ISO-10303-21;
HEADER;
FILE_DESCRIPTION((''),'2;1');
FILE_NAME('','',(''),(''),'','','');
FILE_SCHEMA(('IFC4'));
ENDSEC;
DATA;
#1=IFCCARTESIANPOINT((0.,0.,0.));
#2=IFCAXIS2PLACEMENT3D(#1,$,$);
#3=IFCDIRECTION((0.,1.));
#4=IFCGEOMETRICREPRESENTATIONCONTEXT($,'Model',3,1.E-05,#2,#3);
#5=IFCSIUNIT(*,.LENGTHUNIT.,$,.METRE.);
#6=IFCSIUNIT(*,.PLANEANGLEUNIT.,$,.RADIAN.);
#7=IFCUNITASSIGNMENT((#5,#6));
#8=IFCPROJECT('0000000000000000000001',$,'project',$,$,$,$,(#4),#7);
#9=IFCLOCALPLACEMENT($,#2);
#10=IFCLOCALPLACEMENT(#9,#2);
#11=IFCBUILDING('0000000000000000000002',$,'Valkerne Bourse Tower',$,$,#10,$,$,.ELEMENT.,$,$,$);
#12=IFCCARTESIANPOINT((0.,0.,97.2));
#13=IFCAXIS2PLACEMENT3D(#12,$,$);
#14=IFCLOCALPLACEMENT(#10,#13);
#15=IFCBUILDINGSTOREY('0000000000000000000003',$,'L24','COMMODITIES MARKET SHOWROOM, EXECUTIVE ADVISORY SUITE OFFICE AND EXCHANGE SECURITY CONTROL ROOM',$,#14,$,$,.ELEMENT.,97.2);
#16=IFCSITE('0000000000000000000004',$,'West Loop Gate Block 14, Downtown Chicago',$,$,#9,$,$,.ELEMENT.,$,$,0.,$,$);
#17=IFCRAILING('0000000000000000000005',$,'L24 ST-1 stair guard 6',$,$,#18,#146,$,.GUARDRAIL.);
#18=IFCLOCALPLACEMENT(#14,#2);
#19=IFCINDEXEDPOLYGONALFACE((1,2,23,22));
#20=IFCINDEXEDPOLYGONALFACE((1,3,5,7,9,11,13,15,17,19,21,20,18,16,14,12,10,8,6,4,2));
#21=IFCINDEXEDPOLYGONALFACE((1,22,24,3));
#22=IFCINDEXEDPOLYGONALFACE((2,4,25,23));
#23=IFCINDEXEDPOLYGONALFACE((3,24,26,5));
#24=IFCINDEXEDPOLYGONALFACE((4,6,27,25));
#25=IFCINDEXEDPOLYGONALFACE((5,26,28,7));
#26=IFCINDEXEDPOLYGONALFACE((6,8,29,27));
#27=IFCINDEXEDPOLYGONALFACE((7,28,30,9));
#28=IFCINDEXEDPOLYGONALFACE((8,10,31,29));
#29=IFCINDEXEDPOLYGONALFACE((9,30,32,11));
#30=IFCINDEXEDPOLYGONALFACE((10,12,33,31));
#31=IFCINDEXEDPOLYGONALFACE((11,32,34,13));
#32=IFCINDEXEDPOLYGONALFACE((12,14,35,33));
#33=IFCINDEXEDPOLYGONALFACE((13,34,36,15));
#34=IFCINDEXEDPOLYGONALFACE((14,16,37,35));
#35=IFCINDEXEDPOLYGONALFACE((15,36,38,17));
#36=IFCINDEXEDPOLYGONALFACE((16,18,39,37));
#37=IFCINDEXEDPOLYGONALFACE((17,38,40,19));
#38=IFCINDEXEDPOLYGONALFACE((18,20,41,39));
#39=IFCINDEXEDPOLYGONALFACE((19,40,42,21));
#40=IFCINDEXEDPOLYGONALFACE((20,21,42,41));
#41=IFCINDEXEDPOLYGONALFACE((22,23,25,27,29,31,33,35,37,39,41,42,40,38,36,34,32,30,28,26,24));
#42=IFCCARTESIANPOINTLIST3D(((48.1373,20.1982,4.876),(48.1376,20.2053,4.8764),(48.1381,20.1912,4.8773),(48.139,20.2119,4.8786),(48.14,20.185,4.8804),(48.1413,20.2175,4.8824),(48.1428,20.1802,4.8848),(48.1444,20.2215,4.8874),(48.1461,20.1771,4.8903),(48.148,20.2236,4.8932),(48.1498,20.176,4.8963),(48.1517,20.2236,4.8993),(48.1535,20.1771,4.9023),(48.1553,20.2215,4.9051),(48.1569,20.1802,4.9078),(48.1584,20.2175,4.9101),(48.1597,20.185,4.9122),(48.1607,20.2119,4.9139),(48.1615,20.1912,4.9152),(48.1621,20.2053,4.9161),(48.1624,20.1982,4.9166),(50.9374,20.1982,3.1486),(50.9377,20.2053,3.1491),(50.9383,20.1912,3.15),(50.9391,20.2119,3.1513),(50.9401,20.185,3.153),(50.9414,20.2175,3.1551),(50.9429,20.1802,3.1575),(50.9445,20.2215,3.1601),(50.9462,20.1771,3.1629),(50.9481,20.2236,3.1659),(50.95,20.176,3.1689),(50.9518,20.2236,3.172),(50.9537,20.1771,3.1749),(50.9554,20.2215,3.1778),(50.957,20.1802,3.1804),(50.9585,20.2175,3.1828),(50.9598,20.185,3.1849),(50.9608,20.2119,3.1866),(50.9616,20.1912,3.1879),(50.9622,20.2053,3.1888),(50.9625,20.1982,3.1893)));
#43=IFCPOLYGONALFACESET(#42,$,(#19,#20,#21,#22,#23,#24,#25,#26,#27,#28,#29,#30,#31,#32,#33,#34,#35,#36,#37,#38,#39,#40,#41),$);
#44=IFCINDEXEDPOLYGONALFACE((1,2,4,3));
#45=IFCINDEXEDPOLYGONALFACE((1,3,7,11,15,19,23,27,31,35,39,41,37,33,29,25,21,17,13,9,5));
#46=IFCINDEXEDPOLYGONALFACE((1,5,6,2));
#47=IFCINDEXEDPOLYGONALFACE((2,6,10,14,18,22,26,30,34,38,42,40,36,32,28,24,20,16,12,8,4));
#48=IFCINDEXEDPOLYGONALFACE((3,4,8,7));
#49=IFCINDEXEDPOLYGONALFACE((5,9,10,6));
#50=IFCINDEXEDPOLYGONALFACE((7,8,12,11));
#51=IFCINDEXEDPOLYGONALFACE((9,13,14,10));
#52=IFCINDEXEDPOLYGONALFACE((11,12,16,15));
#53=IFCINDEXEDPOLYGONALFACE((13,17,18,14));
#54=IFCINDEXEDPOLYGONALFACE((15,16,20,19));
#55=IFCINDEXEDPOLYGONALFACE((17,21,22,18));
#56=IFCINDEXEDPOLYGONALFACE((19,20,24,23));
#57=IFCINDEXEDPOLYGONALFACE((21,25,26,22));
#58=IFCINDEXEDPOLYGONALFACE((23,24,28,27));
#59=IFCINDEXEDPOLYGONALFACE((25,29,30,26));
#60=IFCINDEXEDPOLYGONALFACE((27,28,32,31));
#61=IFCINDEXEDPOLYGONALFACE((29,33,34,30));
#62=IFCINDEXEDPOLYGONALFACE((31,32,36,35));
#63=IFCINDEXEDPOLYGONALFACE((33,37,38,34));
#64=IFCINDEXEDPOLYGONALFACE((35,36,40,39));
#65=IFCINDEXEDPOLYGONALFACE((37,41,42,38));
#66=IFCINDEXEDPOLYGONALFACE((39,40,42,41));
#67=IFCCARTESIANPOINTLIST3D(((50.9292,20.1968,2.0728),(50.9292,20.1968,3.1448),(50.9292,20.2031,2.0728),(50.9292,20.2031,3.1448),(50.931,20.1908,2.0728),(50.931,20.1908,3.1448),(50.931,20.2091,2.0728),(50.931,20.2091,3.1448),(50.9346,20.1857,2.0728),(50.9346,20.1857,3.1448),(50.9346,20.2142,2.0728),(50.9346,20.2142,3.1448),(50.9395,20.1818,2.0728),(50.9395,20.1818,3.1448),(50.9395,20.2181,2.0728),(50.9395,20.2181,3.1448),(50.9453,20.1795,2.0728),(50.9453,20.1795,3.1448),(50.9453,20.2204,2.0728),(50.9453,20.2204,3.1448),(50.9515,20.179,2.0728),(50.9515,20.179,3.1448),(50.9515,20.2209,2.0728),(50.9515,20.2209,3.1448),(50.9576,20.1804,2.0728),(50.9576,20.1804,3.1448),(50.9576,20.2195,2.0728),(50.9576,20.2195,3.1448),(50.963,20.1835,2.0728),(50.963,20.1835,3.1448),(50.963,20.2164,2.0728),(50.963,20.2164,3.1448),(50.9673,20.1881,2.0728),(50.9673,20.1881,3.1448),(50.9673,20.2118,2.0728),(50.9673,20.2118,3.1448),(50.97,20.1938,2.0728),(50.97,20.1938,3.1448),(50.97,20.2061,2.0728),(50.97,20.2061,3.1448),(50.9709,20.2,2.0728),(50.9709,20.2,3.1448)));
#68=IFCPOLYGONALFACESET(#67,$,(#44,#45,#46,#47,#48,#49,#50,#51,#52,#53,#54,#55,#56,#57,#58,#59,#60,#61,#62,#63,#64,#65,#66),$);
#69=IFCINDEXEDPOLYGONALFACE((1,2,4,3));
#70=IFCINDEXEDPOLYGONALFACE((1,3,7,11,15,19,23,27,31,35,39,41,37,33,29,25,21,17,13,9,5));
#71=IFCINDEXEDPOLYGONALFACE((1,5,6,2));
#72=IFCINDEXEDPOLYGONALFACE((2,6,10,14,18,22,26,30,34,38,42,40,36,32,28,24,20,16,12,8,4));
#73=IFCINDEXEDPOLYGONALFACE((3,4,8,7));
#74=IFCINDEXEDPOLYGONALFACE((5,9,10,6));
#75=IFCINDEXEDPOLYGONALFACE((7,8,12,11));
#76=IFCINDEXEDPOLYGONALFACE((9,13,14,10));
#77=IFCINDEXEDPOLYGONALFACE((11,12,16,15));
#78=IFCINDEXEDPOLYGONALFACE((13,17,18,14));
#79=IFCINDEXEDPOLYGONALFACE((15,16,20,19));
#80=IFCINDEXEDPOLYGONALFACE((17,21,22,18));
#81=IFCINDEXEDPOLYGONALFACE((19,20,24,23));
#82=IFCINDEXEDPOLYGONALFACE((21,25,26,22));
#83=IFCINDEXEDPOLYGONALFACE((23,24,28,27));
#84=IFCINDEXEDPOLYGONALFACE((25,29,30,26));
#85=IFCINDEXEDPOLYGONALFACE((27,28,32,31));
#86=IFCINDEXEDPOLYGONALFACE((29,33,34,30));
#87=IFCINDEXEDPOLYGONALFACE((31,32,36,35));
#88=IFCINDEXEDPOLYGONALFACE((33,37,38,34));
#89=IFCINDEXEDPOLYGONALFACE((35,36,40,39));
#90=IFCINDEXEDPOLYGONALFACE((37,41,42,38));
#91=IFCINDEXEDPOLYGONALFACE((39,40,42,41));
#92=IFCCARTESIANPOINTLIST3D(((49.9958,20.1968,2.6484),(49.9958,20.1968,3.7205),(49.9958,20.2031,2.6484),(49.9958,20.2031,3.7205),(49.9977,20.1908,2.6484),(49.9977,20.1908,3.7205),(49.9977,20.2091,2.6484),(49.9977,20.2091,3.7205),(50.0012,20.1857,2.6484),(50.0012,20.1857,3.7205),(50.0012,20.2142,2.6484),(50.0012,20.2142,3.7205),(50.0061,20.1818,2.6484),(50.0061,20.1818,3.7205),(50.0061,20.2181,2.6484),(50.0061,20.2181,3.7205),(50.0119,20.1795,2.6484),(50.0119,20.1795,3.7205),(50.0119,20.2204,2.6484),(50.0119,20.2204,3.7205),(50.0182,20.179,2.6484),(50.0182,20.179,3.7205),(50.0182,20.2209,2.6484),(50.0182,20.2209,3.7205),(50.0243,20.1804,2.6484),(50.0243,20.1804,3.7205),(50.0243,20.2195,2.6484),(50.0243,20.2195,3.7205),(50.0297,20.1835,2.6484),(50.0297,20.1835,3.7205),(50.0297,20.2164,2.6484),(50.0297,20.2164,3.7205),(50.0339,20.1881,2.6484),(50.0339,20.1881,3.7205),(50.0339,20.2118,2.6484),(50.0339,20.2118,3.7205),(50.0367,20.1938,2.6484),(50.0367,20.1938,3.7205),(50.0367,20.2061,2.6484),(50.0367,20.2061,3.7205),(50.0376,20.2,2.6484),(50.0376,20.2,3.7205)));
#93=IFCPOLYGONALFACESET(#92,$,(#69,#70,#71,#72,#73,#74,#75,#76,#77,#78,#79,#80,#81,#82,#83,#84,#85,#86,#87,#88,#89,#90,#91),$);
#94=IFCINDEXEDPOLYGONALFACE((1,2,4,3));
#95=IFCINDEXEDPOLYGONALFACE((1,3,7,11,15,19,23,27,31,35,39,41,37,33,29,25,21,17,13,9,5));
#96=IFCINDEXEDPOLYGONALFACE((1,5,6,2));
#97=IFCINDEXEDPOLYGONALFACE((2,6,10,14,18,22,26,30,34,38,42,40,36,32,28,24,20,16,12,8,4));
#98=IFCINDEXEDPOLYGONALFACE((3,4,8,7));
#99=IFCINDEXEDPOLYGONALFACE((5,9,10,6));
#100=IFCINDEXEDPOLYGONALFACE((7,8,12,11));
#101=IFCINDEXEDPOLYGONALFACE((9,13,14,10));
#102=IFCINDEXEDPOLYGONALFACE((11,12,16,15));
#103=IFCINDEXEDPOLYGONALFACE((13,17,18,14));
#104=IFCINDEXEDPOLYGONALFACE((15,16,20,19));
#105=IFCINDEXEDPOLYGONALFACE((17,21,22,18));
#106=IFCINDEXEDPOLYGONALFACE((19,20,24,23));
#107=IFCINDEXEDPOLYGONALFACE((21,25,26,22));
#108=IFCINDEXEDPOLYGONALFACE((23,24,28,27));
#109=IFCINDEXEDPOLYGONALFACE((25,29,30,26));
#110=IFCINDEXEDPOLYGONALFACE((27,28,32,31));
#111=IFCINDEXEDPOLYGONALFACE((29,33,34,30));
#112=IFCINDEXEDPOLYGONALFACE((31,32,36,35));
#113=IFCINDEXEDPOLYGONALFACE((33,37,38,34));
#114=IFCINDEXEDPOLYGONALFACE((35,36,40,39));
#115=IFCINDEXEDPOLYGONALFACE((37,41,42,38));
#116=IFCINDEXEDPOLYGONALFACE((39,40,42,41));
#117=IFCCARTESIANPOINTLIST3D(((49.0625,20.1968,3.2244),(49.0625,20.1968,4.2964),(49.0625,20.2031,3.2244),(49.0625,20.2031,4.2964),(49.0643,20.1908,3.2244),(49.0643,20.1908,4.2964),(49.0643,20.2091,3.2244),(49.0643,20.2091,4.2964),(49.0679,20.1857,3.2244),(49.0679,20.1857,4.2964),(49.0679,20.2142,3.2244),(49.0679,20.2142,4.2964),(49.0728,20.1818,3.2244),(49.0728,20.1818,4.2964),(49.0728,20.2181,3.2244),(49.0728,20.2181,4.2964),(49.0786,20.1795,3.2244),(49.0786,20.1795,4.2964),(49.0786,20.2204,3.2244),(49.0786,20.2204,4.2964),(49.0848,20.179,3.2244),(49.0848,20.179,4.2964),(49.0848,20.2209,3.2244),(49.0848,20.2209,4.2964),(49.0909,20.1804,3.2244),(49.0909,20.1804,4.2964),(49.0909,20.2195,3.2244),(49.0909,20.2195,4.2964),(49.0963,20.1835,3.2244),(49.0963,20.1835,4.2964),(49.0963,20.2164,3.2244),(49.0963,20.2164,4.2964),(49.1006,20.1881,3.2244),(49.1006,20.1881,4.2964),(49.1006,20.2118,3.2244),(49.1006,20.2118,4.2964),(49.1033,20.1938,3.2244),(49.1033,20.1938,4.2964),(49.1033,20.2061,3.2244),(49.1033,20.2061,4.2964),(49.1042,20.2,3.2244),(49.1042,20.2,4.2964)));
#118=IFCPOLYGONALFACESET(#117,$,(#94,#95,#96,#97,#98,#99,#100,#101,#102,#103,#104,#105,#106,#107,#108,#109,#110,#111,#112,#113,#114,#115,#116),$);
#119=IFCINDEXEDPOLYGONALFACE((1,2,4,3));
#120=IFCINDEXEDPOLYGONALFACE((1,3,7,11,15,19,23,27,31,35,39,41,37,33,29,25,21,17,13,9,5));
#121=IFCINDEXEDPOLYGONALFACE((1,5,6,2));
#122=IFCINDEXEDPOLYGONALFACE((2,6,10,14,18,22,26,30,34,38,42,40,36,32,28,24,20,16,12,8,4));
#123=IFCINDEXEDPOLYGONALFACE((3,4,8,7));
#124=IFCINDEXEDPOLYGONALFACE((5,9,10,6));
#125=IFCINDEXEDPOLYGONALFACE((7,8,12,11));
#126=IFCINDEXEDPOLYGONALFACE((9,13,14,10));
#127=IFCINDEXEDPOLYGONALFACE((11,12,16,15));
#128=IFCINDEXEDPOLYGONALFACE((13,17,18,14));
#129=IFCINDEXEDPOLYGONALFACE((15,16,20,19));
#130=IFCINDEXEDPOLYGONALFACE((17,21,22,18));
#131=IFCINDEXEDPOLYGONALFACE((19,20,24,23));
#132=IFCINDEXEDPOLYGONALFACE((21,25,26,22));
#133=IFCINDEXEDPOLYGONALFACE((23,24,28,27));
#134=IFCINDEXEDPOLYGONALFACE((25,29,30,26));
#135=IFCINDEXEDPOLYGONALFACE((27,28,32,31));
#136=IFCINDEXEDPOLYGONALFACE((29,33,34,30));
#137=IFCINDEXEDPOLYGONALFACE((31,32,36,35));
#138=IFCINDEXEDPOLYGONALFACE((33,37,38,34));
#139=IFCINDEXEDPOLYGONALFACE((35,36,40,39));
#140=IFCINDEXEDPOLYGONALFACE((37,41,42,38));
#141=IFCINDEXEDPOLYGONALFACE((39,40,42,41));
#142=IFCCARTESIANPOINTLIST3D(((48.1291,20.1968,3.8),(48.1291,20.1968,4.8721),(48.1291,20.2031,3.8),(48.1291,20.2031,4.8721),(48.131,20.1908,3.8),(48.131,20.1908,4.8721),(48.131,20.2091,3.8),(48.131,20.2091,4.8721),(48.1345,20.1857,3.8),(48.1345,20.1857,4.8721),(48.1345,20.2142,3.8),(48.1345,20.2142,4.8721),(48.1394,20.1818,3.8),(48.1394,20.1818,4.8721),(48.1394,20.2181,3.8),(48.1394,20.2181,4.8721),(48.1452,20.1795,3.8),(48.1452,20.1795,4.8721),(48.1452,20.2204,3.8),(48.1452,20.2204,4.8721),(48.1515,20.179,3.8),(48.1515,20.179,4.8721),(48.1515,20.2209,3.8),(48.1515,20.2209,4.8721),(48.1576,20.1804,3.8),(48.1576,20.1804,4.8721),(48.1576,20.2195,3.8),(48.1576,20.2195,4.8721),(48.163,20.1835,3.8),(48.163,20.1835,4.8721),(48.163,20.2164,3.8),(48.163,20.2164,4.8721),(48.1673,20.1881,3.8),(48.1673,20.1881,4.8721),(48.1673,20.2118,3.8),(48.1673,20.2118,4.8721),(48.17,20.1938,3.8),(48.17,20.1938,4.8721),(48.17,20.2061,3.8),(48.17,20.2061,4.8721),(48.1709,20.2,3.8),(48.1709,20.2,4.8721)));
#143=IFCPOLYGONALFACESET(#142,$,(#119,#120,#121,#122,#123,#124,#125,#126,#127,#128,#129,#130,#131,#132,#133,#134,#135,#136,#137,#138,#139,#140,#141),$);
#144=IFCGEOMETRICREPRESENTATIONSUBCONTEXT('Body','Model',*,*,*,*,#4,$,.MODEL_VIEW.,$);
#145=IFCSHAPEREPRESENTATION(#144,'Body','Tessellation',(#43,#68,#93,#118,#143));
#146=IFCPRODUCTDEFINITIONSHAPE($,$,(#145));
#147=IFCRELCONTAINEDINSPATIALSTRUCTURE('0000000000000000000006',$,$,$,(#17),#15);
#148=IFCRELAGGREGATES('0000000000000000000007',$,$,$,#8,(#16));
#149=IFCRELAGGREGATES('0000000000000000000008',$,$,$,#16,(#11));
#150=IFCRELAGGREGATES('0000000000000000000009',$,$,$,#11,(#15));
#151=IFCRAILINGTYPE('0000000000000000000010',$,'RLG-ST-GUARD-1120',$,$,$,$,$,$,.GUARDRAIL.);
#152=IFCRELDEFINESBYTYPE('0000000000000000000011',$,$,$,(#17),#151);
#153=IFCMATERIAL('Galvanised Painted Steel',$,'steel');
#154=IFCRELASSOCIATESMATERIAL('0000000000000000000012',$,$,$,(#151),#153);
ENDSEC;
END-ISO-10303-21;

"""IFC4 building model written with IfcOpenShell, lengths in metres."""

from ifc_helpers import new_model, si_unit, direction, frame, origin, origin_2d, place, context, subcontext, project, spatial, circle, extrude, material, type_object, element, save


model = new_model("IFC4")

# Units and contexts
model_context = context("Model", 3, precision=1e-05, world=origin(), true_north=direction((0.0, 1.0)))
body_context = subcontext(model_context, "Body", "Model", "MODEL_VIEW")
ifc_project = project(units=[si_unit("LENGTHUNIT", "METRE"), si_unit("PLANEANGLEUNIT", "RADIAN")], contexts=[model_context])

# Site, building, storey
site_placement = place(None, origin())
site = spatial("IfcSite", under=ifc_project, at=site_placement, Name="West Loop Gate Block 14, Downtown Chicago", CompositionType="ELEMENT", RefElevation=0.0)
building_placement = place(site_placement, origin())
building = spatial("IfcBuilding", under=site, at=building_placement, Name="Valkerne Bourse Tower", CompositionType="ELEMENT")
storey_placement = place(building_placement, frame((0.0, 0.0, 97.2)))
storey = spatial("IfcBuildingStorey", under=building, at=storey_placement, Name="L24", Description="COMMODITIES MARKET SHOWROOM, EXECUTIVE ADVISORY SUITE OFFICE AND EXCHANGE SECURITY CONTROL ROOM", CompositionType="ELEMENT", Elevation=97.2)

# Shared definitions
ifc_material_1 = material(Name="Galvanised Painted Steel", Category="steel")

# Railing
railing_type_1 = type_object("IfcRailingType", Name="RLG-ST-GUARD-1120", PredefinedType="GUARDRAIL", material=ifc_material_1)
railing_1_placement = place(storey_placement, frame((50.95, 20.2, 2.0728)))
element("IfcRailing", 1, at=railing_1_placement, inside=storey, type_object=railing_type_1, Name="L24 ST-1 stair guard 6", PredefinedType="GUARDRAIL", context=body_context, shape_type="SweptSolid", body=[
    extrude(circle(Radius=0.0239, at=origin_2d()), frame((0.0, 0.0, 1.0962), z_axis=(-0.85109, 0.0, 0.52502), x_axis=(0.0, -1.0, 0.0)), (0.0, 0.0, 1.0), 3.29),
    extrude(circle(Radius=0.021, at=origin_2d()), origin(), (0.0, 0.0, 1.0), 1.072),
    extrude(circle(Radius=0.021, at=origin_2d()), frame((-0.9333, 0.0, 0.5757)), (0.0, 0.0, 1.0), 1.072),
    extrude(circle(Radius=0.021, at=origin_2d()), frame((-1.8667, 0.0, 1.1516)), (0.0, 0.0, 1.0), 1.072),
    extrude(circle(Radius=0.021, at=origin_2d()), frame((-2.8, 0.0, 1.7273)), (0.0, 0.0, 1.0), 1.072),
])

save(model, "model.ifc")
